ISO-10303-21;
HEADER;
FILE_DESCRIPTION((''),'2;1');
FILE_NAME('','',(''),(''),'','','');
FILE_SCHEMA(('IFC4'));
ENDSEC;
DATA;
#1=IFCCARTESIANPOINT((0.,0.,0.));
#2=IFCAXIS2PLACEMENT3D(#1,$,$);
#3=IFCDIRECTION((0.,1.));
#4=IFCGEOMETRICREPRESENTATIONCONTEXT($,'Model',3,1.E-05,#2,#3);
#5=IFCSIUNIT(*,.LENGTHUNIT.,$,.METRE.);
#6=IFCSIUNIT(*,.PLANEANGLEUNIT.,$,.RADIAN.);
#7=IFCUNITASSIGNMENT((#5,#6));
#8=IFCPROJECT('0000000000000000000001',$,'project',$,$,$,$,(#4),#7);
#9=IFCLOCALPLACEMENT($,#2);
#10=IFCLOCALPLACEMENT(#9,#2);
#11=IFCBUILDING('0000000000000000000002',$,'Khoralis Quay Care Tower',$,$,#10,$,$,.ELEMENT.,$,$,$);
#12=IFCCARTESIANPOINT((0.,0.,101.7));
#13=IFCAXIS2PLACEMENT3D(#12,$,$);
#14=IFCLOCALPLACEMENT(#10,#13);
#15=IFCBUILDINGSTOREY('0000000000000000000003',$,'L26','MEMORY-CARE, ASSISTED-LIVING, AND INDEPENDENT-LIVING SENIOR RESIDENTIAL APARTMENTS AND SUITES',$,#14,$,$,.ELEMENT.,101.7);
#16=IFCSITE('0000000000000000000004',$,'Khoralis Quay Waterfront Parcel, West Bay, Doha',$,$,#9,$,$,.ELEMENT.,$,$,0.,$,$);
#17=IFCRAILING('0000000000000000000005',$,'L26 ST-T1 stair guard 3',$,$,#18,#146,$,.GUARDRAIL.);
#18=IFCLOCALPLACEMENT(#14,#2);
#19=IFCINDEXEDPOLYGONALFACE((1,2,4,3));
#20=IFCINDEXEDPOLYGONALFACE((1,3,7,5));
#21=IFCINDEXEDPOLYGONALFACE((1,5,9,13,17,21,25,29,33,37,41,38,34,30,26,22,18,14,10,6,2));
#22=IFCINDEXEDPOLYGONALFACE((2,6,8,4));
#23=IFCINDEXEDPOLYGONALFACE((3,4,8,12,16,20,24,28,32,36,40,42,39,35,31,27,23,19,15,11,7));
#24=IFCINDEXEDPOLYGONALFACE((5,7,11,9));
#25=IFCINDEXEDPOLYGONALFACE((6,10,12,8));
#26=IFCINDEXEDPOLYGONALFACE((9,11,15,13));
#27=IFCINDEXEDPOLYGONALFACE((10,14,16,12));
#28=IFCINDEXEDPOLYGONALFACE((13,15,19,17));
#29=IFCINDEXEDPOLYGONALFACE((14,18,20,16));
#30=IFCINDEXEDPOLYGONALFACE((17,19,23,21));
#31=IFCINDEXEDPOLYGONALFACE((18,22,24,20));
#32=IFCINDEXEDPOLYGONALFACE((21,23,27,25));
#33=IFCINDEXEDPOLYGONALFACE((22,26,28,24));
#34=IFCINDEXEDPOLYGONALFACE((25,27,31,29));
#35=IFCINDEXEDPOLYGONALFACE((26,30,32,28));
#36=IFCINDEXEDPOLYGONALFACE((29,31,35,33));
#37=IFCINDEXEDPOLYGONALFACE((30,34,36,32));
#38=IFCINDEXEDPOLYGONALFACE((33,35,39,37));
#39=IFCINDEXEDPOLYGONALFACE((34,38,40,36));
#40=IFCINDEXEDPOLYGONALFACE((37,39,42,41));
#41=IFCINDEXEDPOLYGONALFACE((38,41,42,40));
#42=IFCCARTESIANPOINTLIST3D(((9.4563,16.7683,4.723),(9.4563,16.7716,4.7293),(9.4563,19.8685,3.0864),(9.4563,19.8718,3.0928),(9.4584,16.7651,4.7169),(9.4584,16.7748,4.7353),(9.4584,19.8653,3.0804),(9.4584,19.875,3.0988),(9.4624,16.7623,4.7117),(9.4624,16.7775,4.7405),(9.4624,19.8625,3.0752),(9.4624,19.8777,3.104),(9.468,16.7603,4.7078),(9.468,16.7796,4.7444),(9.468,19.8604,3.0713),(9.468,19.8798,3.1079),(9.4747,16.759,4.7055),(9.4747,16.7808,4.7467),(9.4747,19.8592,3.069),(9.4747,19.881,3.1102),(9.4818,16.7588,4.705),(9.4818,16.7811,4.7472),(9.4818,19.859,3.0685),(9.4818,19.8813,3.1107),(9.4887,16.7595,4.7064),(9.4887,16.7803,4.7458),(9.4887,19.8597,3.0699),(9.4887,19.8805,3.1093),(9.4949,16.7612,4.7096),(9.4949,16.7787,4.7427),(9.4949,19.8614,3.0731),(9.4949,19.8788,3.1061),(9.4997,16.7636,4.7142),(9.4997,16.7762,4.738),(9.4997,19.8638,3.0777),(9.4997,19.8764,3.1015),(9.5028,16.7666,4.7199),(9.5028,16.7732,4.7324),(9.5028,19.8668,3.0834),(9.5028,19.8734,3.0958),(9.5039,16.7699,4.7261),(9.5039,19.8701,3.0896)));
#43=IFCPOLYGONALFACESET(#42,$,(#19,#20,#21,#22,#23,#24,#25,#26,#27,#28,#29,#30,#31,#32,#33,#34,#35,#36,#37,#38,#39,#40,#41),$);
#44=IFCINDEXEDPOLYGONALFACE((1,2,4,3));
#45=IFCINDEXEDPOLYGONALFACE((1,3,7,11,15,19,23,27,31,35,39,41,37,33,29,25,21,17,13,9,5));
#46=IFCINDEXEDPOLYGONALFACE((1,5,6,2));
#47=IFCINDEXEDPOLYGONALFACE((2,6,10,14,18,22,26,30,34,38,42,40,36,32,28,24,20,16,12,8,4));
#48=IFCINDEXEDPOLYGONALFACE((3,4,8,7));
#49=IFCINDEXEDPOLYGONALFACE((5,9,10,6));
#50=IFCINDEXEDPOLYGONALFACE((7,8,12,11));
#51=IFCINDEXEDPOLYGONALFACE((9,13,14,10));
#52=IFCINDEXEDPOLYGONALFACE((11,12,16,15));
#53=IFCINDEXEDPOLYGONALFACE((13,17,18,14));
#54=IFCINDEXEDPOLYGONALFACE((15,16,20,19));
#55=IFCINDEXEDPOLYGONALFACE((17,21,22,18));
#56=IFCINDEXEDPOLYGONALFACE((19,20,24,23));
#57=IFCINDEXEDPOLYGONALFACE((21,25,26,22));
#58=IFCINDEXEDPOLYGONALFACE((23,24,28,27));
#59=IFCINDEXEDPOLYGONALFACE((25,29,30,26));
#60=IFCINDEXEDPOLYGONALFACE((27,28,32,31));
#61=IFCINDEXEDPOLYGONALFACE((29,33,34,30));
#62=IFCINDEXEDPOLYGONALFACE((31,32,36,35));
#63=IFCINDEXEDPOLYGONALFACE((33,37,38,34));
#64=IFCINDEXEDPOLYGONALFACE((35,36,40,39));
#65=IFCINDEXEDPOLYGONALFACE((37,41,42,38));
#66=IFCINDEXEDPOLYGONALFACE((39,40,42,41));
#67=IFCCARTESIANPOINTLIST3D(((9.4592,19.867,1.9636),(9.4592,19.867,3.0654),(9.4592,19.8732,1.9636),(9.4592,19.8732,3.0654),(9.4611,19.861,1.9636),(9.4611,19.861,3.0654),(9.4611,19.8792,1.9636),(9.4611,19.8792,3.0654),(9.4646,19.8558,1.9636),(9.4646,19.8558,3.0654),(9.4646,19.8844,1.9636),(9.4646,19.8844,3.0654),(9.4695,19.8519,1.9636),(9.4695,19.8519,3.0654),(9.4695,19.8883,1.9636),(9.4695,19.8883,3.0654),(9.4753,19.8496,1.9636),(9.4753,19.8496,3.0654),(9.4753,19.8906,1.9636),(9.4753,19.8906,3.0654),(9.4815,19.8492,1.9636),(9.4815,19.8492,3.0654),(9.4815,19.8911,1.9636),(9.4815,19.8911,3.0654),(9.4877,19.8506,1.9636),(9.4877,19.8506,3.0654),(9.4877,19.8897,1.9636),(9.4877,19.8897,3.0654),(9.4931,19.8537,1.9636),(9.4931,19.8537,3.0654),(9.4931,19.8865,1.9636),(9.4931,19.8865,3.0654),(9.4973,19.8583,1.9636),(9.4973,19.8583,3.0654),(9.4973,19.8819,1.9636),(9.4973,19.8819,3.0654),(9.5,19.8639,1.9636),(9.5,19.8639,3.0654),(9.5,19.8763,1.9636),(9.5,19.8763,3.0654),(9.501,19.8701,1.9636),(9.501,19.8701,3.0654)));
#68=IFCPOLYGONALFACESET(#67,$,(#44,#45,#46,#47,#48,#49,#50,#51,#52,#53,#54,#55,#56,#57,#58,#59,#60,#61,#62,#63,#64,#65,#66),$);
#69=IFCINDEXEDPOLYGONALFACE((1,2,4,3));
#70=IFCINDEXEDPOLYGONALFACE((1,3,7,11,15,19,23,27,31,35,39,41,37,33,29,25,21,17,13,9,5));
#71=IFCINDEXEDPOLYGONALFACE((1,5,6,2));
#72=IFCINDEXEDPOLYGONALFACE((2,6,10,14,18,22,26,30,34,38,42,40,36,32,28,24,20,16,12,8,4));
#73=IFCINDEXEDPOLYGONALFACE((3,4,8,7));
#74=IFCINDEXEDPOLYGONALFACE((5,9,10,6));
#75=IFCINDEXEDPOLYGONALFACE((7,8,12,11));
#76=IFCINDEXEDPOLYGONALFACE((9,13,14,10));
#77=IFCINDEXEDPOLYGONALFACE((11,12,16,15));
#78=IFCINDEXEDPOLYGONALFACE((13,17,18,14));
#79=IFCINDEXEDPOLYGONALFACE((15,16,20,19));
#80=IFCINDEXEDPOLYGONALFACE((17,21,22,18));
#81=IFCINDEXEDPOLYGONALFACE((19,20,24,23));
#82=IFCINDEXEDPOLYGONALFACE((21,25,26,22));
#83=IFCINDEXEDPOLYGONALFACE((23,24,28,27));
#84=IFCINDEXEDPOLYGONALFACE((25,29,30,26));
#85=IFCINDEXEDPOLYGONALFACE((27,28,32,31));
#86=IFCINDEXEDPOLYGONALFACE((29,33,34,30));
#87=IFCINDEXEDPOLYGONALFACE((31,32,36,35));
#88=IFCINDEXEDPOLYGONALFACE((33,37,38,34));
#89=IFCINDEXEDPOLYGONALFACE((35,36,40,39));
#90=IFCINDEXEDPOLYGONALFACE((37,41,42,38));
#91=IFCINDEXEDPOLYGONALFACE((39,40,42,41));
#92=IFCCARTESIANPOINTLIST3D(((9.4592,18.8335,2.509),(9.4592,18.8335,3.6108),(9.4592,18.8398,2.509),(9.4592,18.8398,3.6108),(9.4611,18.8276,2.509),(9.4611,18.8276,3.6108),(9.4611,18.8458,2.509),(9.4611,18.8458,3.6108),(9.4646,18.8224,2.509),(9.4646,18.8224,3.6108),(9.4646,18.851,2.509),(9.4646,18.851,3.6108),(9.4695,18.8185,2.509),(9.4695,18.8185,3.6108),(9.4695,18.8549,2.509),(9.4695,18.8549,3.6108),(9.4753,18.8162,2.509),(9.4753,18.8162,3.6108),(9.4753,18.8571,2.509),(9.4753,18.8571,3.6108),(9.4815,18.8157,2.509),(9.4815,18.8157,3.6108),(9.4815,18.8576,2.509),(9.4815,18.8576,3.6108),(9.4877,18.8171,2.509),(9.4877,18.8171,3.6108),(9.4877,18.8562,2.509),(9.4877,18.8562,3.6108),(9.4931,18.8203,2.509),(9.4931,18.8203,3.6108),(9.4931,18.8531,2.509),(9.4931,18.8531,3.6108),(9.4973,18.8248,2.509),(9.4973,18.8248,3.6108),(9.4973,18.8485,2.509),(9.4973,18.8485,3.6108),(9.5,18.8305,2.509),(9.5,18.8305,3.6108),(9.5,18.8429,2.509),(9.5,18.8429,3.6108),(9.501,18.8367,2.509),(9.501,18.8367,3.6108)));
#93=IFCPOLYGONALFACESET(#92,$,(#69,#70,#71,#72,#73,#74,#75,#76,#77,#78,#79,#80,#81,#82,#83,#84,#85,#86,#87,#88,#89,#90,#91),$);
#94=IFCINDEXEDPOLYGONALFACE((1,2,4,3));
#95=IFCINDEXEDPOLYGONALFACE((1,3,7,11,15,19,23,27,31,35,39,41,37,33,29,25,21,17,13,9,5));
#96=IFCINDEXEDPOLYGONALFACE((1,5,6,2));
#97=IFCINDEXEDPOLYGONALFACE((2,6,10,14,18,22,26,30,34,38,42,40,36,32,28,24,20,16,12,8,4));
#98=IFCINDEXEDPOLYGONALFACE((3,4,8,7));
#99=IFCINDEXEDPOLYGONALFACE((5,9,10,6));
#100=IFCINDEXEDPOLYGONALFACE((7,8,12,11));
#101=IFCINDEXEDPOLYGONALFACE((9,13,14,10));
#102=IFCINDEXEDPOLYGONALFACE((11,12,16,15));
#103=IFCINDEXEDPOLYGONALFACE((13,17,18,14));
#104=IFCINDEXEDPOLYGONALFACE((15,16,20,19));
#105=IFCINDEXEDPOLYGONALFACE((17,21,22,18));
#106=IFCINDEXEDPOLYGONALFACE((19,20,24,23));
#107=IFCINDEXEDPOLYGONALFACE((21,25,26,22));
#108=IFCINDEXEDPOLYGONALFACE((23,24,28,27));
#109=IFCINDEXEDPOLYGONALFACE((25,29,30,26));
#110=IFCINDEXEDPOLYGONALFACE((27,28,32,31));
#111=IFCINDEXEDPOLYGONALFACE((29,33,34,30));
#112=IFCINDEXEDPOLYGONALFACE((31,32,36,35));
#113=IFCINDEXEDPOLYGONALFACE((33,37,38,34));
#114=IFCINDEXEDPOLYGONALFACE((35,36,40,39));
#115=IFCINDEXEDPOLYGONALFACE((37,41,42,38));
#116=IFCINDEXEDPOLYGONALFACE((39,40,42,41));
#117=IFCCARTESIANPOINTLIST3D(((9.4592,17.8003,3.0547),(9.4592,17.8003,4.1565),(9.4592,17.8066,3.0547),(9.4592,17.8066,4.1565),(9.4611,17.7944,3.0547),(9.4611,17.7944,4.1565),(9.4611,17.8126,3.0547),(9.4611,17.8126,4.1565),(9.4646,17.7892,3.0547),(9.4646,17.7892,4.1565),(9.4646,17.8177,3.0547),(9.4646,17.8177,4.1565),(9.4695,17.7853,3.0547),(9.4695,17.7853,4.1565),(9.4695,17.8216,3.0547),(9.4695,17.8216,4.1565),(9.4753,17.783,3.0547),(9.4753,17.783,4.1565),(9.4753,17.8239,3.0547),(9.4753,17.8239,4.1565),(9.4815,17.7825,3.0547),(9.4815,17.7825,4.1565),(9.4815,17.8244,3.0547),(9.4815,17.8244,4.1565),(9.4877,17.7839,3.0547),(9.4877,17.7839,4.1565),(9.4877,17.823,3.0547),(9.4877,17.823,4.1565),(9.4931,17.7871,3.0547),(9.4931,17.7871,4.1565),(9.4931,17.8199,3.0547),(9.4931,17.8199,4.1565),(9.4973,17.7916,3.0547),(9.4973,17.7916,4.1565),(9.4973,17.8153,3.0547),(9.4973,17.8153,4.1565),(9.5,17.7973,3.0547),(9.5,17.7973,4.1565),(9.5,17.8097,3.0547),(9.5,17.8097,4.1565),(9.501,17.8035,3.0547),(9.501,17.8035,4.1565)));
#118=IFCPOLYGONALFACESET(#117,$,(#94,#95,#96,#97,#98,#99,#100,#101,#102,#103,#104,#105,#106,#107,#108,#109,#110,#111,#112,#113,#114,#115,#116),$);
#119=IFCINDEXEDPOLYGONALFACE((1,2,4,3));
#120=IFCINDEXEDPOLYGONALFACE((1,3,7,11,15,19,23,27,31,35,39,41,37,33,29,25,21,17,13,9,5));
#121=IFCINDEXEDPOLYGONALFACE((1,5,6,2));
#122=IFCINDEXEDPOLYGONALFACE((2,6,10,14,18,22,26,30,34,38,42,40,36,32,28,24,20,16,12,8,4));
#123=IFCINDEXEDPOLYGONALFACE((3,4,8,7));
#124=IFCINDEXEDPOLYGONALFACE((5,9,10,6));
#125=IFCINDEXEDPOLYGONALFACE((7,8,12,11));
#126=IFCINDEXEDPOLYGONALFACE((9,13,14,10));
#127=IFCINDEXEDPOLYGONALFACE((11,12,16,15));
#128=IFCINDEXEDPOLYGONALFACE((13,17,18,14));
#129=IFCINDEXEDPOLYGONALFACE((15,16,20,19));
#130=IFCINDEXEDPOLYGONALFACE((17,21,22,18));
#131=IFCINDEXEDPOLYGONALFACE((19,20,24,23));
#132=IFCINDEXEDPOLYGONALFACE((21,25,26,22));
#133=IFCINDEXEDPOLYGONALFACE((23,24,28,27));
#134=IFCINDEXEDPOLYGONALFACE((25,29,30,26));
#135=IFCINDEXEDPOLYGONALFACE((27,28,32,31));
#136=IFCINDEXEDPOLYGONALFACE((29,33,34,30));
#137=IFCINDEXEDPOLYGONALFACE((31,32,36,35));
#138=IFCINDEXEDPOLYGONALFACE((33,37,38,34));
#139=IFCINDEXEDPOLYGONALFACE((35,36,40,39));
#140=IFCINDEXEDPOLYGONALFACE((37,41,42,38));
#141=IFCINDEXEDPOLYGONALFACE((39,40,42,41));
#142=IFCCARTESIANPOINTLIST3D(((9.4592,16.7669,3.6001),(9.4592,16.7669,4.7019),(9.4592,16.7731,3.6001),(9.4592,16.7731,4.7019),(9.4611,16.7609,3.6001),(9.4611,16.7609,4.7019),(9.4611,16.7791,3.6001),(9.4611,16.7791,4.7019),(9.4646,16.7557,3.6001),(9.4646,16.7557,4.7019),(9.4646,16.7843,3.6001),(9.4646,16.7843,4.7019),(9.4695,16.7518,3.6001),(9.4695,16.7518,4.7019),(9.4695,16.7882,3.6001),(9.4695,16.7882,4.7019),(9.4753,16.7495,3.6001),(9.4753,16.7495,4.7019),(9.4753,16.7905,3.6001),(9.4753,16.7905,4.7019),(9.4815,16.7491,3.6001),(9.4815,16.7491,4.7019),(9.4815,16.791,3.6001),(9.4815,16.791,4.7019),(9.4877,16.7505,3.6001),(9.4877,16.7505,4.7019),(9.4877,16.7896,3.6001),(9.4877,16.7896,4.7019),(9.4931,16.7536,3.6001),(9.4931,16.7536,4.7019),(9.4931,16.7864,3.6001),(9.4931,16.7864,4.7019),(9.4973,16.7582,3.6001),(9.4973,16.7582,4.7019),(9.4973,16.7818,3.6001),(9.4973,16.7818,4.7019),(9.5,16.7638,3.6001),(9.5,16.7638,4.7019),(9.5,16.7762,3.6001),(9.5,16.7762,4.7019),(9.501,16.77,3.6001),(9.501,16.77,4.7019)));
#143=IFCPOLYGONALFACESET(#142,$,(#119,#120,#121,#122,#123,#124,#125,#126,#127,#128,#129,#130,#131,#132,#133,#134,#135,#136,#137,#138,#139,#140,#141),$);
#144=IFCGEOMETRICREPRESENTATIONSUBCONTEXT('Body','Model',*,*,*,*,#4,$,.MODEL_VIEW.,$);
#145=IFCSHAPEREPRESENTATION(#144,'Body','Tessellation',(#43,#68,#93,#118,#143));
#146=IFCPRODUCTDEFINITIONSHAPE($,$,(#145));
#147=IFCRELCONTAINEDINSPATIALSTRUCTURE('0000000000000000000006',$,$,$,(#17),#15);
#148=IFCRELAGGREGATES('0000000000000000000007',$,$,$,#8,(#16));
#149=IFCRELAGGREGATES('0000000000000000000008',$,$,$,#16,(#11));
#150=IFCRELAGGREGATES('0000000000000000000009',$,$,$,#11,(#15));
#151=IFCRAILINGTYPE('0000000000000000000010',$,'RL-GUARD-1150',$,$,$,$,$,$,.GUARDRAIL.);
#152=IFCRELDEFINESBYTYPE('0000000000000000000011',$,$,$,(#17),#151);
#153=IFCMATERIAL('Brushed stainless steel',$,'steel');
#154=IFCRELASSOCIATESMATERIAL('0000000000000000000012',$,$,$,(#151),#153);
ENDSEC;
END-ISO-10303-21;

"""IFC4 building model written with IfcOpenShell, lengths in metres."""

from ifc_helpers import new_model, si_unit, direction, frame, origin, origin_2d, place, context, subcontext, project, spatial, circle, extrude, material, type_object, element, save


model = new_model("IFC4")

# Units and contexts
model_context = context("Model", 3, precision=1e-05, world=origin(), true_north=direction((0.0, 1.0)))
body_context = subcontext(model_context, "Body", "Model", "MODEL_VIEW")
ifc_project = project(units=[si_unit("LENGTHUNIT", "METRE"), si_unit("PLANEANGLEUNIT", "RADIAN")], contexts=[model_context])

# Site, building, storey
site_placement = place(None, origin())
site = spatial("IfcSite", under=ifc_project, at=site_placement, Name="Khoralis Quay Waterfront Parcel, West Bay, Doha", CompositionType="ELEMENT", RefElevation=0.0)
building_placement = place(site_placement, origin())
building = spatial("IfcBuilding", under=site, at=building_placement, Name="Khoralis Quay Care Tower", CompositionType="ELEMENT")
storey_placement = place(building_placement, frame((0.0, 0.0, 101.7)))
storey = spatial("IfcBuildingStorey", under=building, at=storey_placement, Name="L26", Description="MEMORY-CARE, ASSISTED-LIVING, AND INDEPENDENT-LIVING SENIOR RESIDENTIAL APARTMENTS AND SUITES", CompositionType="ELEMENT", Elevation=101.7)

# Shared definitions
ifc_material_1 = material(Name="Brushed stainless steel", Category="steel")

# Railing
railing_type_1 = type_object("IfcRailingType", Name="RL-GUARD-1150", PredefinedType="GUARDRAIL", material=ifc_material_1)
railing_1_placement = place(storey_placement, frame((9.48, 19.8701, 1.9636)))
element("IfcRailing", 1, at=railing_1_placement, inside=storey, type_object=railing_type_1, Name="L26 ST-T1 stair guard 3", PredefinedType="GUARDRAIL", context=body_context, shape_type="SweptSolid", body=[
    extrude(circle(Radius=0.0239, at=origin_2d()), frame((0.0, 0.0, 1.126), z_axis=(0.0, -0.884348, 0.466828), x_axis=(1.0, 0.0, 0.0)), (0.0, 0.0, 1.0), 3.5056),
    extrude(circle(Radius=0.021, at=origin_2d()), origin(), (0.0, 0.0, 1.0), 1.1018),
    extrude(circle(Radius=0.021, at=origin_2d()), frame((0.0, -1.0334, 0.5454)), (0.0, 0.0, 1.0), 1.1018),
    extrude(circle(Radius=0.021, at=origin_2d()), frame((0.0, -2.0667, 1.0911)), (0.0, 0.0, 1.0), 1.1018),
    extrude(circle(Radius=0.021, at=origin_2d()), frame((0.0, -3.1001, 1.6365)), (0.0, 0.0, 1.0), 1.1018),
])

save(model, "model.ifc")
